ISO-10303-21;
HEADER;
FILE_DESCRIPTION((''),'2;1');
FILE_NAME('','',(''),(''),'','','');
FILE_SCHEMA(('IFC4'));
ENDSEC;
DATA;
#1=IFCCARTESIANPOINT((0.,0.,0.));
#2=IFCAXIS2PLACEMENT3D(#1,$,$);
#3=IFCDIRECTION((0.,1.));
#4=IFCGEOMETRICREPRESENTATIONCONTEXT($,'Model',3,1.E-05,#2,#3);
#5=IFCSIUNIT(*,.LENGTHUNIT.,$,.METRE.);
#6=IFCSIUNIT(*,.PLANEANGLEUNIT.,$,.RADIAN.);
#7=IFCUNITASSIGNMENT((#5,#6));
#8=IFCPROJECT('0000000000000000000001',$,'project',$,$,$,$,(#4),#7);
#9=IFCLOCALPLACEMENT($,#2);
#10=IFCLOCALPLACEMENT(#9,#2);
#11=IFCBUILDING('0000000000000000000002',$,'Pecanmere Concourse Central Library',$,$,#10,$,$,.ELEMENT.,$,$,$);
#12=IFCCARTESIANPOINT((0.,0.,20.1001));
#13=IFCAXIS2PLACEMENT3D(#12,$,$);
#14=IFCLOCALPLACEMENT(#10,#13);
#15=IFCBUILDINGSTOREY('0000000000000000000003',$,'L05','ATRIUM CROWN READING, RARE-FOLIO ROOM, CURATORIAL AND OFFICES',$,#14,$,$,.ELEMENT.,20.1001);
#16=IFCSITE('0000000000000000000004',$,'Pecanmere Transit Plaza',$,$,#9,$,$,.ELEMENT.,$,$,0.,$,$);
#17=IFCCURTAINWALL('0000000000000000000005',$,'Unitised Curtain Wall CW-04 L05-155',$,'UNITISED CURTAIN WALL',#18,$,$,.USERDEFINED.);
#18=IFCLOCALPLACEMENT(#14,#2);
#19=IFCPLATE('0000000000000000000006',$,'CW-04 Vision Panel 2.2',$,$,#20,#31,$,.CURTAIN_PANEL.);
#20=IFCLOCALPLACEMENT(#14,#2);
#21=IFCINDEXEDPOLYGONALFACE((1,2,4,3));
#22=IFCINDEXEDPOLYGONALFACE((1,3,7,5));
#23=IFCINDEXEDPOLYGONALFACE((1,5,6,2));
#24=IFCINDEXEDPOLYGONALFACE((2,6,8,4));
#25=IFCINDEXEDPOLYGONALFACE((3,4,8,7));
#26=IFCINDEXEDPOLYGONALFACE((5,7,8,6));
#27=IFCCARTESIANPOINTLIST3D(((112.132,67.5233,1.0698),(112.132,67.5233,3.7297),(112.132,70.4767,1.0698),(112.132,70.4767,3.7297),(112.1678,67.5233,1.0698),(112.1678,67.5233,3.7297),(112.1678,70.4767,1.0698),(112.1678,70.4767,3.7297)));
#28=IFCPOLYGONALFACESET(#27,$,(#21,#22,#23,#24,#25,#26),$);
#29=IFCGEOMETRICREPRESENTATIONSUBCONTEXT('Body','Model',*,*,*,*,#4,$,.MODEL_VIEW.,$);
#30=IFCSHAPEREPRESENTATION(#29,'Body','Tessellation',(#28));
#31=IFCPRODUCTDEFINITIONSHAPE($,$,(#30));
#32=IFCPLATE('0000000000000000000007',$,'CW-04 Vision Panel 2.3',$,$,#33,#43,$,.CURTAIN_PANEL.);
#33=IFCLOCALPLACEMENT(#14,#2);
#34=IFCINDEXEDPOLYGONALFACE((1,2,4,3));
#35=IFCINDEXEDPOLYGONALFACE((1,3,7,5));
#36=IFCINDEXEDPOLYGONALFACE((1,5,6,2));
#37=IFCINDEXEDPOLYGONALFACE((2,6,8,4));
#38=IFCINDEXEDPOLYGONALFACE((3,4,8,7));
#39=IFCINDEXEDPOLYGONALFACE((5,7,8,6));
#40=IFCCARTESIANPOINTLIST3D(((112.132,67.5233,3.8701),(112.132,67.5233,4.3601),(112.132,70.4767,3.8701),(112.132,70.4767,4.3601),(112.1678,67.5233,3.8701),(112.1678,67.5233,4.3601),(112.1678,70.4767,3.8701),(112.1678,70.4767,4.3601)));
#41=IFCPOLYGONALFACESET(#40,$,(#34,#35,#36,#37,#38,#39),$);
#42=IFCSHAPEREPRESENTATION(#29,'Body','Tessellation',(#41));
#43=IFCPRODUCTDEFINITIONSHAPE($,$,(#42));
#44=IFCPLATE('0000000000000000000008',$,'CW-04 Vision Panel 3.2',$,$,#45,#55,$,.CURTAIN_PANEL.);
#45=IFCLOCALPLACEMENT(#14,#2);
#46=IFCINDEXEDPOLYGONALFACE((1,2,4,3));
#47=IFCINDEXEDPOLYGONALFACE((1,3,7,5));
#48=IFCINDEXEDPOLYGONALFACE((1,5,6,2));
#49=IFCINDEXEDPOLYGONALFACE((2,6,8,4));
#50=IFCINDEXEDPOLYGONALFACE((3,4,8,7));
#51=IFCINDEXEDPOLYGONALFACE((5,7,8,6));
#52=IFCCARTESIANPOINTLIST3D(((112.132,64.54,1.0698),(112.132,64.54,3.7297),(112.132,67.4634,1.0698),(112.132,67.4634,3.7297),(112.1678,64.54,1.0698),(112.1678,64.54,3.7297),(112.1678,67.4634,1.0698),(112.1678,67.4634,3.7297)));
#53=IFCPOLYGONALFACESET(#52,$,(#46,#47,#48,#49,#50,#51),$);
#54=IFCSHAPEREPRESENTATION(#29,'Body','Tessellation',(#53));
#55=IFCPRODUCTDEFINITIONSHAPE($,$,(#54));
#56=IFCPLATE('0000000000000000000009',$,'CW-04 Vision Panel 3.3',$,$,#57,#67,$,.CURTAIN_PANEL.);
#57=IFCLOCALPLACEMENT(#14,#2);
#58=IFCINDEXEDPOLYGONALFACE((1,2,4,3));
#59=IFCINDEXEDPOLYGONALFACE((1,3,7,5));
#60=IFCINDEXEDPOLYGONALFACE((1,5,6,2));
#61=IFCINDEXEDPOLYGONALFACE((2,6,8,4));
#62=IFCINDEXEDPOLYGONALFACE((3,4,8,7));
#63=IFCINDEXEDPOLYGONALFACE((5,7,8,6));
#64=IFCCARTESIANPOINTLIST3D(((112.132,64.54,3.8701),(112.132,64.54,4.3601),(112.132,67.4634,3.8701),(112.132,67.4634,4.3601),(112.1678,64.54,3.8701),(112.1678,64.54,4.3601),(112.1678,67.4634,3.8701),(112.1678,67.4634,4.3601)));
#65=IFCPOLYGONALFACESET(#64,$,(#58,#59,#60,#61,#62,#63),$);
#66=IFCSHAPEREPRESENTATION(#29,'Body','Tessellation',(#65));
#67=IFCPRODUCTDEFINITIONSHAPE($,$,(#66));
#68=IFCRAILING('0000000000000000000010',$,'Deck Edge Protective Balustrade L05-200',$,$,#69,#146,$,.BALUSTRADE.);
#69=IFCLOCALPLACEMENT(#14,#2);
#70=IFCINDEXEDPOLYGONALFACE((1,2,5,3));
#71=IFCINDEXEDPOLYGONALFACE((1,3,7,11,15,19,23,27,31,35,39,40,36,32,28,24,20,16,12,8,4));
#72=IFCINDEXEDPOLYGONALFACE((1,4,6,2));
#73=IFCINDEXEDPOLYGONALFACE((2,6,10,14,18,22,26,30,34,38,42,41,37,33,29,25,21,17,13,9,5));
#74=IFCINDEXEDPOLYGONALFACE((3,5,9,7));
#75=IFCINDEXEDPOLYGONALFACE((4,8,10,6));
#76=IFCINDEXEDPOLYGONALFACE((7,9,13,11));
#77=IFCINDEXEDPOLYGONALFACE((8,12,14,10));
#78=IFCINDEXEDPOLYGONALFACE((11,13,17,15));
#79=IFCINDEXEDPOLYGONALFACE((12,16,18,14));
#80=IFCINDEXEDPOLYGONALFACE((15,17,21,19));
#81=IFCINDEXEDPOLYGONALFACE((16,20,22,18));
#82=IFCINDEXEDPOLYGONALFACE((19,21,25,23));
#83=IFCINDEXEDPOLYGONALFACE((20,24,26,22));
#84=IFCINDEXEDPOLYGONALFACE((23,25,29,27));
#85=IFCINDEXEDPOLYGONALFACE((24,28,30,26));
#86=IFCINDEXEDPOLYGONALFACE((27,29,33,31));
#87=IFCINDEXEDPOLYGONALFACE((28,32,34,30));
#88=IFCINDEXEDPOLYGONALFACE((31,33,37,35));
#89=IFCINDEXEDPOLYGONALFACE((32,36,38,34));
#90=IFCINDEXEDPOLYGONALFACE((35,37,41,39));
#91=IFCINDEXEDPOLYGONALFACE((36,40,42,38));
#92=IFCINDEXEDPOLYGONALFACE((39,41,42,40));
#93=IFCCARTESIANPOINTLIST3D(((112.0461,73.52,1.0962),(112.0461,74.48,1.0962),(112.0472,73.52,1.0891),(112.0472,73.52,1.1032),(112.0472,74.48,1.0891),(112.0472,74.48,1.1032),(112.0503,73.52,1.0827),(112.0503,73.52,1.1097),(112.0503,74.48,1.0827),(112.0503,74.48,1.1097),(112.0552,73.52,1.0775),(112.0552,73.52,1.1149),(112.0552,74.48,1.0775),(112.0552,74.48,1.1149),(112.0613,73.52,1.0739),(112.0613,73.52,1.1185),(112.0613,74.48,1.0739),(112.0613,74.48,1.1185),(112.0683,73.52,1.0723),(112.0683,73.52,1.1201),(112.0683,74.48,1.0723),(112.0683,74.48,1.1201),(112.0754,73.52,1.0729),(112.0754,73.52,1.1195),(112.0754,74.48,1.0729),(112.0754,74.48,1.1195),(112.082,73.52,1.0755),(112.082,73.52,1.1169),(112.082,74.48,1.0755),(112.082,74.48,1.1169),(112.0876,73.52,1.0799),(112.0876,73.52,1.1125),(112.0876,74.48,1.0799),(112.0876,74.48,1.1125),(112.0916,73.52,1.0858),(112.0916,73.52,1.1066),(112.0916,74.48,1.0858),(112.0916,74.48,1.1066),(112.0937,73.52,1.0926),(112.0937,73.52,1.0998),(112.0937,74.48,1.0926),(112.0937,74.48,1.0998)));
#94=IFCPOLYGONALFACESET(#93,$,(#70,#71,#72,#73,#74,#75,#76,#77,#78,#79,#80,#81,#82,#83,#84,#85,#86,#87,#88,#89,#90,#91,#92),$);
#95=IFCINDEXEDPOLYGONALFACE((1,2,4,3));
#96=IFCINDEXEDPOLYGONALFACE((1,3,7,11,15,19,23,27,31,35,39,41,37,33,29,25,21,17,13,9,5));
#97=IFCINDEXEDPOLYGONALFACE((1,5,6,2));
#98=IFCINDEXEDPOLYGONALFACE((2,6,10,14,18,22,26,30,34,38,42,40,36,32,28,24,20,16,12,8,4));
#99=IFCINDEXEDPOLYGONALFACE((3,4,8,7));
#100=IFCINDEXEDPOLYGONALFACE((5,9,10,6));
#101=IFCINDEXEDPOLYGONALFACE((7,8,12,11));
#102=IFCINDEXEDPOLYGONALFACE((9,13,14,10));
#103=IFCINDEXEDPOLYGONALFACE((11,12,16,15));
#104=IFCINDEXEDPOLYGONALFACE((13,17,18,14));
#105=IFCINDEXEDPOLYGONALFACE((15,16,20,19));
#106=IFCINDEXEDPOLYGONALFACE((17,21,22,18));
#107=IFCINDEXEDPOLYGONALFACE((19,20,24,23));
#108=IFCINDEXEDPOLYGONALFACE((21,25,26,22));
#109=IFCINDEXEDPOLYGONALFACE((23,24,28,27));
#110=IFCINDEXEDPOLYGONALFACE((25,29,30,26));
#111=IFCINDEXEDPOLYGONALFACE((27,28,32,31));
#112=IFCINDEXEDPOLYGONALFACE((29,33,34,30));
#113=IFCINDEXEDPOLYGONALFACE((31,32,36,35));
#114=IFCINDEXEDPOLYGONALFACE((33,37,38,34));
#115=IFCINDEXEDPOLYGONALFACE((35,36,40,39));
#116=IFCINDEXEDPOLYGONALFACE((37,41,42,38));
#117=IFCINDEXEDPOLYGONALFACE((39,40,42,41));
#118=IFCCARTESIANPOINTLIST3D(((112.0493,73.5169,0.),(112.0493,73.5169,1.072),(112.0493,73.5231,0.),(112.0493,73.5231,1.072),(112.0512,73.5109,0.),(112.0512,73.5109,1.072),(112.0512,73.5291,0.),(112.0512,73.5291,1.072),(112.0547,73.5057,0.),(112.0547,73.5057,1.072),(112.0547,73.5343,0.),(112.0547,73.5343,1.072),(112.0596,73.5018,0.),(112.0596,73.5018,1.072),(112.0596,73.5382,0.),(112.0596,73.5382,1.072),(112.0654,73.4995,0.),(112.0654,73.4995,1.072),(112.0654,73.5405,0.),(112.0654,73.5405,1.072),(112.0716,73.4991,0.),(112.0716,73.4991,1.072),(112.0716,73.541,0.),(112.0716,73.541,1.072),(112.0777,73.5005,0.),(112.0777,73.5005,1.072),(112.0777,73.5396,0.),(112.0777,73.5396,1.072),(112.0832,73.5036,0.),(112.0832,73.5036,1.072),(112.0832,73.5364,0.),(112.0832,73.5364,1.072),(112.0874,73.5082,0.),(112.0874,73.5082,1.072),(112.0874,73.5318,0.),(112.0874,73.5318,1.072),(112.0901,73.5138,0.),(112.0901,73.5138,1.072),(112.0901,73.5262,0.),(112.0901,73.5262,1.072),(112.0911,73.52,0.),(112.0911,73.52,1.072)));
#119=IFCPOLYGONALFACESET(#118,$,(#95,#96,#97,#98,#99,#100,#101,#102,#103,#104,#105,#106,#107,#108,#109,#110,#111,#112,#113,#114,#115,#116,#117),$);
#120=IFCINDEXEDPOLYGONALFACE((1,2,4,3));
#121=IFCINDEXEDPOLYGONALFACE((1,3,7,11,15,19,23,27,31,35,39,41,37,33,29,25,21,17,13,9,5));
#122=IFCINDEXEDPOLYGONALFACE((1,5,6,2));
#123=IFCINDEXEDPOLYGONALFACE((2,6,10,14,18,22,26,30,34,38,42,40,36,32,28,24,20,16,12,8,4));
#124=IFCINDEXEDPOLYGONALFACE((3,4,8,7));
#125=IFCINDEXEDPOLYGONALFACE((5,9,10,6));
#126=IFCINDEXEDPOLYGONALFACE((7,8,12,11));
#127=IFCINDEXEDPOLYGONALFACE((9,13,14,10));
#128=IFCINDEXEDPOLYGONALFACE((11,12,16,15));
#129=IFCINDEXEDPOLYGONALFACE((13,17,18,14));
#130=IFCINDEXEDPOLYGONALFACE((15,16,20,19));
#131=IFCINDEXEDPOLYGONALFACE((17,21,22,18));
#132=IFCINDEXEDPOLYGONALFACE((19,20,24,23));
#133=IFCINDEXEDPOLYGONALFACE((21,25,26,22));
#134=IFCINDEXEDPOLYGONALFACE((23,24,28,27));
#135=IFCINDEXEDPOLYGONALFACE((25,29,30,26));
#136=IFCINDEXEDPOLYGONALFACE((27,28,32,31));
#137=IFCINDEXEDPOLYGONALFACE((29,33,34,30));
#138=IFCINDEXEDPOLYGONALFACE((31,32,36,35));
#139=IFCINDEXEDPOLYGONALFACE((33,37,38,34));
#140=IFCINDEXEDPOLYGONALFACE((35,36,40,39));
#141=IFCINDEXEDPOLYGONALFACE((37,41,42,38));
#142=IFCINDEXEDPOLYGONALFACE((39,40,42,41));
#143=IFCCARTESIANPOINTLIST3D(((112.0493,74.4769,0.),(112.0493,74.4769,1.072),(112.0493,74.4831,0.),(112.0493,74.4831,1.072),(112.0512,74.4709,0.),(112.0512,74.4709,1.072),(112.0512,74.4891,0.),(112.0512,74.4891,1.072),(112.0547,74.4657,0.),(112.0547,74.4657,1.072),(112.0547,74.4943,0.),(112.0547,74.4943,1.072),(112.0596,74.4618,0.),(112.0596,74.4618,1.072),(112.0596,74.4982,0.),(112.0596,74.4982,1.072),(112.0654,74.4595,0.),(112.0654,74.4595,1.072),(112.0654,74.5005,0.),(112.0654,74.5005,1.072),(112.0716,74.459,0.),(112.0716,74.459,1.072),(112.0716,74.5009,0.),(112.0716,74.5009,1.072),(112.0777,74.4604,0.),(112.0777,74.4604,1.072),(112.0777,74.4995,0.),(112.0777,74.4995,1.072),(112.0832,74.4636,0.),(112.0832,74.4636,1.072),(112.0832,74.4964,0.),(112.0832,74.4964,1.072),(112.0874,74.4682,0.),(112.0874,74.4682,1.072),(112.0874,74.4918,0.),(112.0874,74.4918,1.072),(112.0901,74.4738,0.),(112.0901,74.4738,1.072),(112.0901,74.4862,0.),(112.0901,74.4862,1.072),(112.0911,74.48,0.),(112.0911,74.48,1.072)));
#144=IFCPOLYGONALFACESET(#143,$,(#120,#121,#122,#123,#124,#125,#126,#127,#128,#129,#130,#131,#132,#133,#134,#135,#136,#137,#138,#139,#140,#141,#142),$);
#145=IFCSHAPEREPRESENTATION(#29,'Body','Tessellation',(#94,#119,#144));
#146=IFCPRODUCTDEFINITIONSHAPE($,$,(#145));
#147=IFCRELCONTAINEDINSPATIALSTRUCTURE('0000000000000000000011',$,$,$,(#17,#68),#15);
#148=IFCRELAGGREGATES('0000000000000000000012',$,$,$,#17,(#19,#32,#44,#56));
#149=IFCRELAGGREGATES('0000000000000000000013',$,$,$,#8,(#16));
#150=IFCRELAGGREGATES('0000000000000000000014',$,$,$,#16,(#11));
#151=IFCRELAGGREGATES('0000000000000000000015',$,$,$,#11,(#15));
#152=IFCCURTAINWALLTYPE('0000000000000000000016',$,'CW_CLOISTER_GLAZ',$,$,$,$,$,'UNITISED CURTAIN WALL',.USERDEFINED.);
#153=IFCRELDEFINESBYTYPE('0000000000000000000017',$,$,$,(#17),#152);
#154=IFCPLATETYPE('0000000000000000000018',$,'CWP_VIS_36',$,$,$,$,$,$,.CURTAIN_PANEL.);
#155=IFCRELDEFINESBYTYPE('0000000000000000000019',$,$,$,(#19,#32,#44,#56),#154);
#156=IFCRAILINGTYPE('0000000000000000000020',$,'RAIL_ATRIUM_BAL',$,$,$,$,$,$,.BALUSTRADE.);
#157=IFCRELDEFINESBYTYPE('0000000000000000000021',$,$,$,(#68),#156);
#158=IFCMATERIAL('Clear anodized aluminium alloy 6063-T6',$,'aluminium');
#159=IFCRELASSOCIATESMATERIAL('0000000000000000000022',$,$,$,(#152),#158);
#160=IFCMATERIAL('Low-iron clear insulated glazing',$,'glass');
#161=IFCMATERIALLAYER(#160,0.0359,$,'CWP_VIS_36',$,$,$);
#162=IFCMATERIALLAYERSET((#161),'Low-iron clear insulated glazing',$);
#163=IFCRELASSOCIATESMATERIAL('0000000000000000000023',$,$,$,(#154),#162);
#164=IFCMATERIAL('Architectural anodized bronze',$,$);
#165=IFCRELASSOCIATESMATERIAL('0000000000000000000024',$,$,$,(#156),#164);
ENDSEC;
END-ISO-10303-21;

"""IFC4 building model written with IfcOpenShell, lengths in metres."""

from ifc_helpers import new_model, si_unit, direction, frame, origin, origin_2d, place, context, subcontext, project, spatial, rectangle, circle, extrude, material, layer, layer_set, type_object, element, aggregate, save


model = new_model("IFC4")

# Units and contexts
model_context = context("Model", 3, precision=1e-05, world=origin(), true_north=direction((0.0, 1.0)))
body_context = subcontext(model_context, "Body", "Model", "MODEL_VIEW")
ifc_project = project(units=[si_unit("LENGTHUNIT", "METRE"), si_unit("PLANEANGLEUNIT", "RADIAN")], contexts=[model_context])

# Site, building, storey
site_placement = place(None, origin())
site = spatial("IfcSite", under=ifc_project, at=site_placement, Name="Pecanmere Transit Plaza", CompositionType="ELEMENT", RefElevation=0.0)
building_placement = place(site_placement, origin())
building = spatial("IfcBuilding", under=site, at=building_placement, Name="Pecanmere Concourse Central Library", CompositionType="ELEMENT")
storey_placement = place(building_placement, frame((0.0, 0.0, 20.1001)))
storey = spatial("IfcBuildingStorey", under=building, at=storey_placement, Name="L05", Description="ATRIUM CROWN READING, RARE-FOLIO ROOM, CURATORIAL AND OFFICES", CompositionType="ELEMENT", Elevation=20.1001)

# Curtain wall, plates
ifc_material_1 = material(Name="Clear anodized aluminium alloy 6063-T6", Category="aluminium")
curtain_wall_type = type_object("IfcCurtainWallType", Name="CW_CLOISTER_GLAZ", ElementType="UNITISED CURTAIN WALL", PredefinedType="USERDEFINED", material=ifc_material_1)
curtain_wall_placement = place(storey_placement, origin())
curtain_wall = element("IfcCurtainWall", 1, at=curtain_wall_placement, inside=storey, type_object=curtain_wall_type, Name="Unitised Curtain Wall CW-04 L05-155", ObjectType="UNITISED CURTAIN WALL", PredefinedType="USERDEFINED")
ifc_material_2 = material(Name="Low-iron clear insulated glazing", Category="glass")
ifc_layer_1 = layer(ifc_material_2, 0.0359, Name="CWP_VIS_36")
ifc_layer_set_1 = layer_set([ifc_layer_1], Name="Low-iron clear insulated glazing")
plate_type_1 = type_object("IfcPlateType", Name="CWP_VIS_36", PredefinedType="CURTAIN_PANEL", material=ifc_layer_set_1)
plate_1_placement = place(storey_placement, frame((112.1499, 69.0, 1.0698), z_axis=(0.0, 0.0, 1.0), x_axis=(0.0, -1.0, 0.0)))
plate_1 = element("IfcPlate", 2, at=plate_1_placement, type_object=plate_type_1, Name="CW-04 Vision Panel 2.2", PredefinedType="CURTAIN_PANEL", context=body_context, shape_type="SweptSolid", body=[
    extrude(rectangle(XDim=2.9534, YDim=0.0359, at=origin_2d()), origin(), (0.0, 0.0, 1.0), 2.6599),
])
plate_2_placement = place(storey_placement, frame((112.1499, 69.0, 3.8701), z_axis=(0.0, 0.0, 1.0), x_axis=(0.0, -1.0, 0.0)))
plate_2 = element("IfcPlate", 3, at=plate_2_placement, type_object=plate_type_1, Name="CW-04 Vision Panel 2.3", PredefinedType="CURTAIN_PANEL", context=body_context, shape_type="SweptSolid", body=[
    extrude(rectangle(XDim=2.9534, YDim=0.0359, at=origin_2d()), origin(), (0.0, 0.0, 1.0), 0.49),
])
plate_3_placement = place(storey_placement, frame((112.1499, 66.0017, 1.0698), z_axis=(0.0, 0.0, 1.0), x_axis=(0.0, -1.0, 0.0)))
plate_3 = element("IfcPlate", 4, at=plate_3_placement, type_object=plate_type_1, Name="CW-04 Vision Panel 3.2", PredefinedType="CURTAIN_PANEL", context=body_context, shape_type="SweptSolid", body=[
    extrude(rectangle(XDim=2.9233, YDim=0.0359, at=origin_2d()), origin(), (0.0, 0.0, 1.0), 2.6599),
])
plate_4_placement = place(storey_placement, frame((112.1499, 66.0017, 3.8701), z_axis=(0.0, 0.0, 1.0), x_axis=(0.0, -1.0, 0.0)))
plate_4 = element("IfcPlate", 5, at=plate_4_placement, type_object=plate_type_1, Name="CW-04 Vision Panel 3.3", PredefinedType="CURTAIN_PANEL", context=body_context, shape_type="SweptSolid", body=[
    extrude(rectangle(XDim=2.9233, YDim=0.0359, at=origin_2d()), origin(), (0.0, 0.0, 1.0), 0.49),
])
aggregate(curtain_wall, [plate_1, plate_2, plate_3, plate_4])

# Railing
ifc_material_3 = material(Name="Architectural anodized bronze")
railing_type = type_object("IfcRailingType", Name="RAIL_ATRIUM_BAL", PredefinedType="BALUSTRADE", material=ifc_material_3)
railing_placement = place(storey_placement, frame((112.0701, 73.52, 0.0)))
element("IfcRailing", 6, at=railing_placement, inside=storey, type_object=railing_type, Name="Deck Edge Protective Balustrade L05-200", PredefinedType="BALUSTRADE", context=body_context, shape_type="SweptSolid", body=[
    extrude(circle(Radius=0.0239, at=origin_2d()), frame((0.0, 0.0, 1.0962), z_axis=(0.0, 1.0, 0.0), x_axis=(-1.0, 0.0, 0.0)), (0.0, 0.0, 1.0), 0.96),
    extrude(circle(Radius=0.021, at=origin_2d()), origin(), (0.0, 0.0, 1.0), 1.072),
    extrude(circle(Radius=0.021, at=origin_2d()), frame((0.0, 0.96, 0.0)), (0.0, 0.0, 1.0), 1.072),
])

save(model, "model.ifc")
